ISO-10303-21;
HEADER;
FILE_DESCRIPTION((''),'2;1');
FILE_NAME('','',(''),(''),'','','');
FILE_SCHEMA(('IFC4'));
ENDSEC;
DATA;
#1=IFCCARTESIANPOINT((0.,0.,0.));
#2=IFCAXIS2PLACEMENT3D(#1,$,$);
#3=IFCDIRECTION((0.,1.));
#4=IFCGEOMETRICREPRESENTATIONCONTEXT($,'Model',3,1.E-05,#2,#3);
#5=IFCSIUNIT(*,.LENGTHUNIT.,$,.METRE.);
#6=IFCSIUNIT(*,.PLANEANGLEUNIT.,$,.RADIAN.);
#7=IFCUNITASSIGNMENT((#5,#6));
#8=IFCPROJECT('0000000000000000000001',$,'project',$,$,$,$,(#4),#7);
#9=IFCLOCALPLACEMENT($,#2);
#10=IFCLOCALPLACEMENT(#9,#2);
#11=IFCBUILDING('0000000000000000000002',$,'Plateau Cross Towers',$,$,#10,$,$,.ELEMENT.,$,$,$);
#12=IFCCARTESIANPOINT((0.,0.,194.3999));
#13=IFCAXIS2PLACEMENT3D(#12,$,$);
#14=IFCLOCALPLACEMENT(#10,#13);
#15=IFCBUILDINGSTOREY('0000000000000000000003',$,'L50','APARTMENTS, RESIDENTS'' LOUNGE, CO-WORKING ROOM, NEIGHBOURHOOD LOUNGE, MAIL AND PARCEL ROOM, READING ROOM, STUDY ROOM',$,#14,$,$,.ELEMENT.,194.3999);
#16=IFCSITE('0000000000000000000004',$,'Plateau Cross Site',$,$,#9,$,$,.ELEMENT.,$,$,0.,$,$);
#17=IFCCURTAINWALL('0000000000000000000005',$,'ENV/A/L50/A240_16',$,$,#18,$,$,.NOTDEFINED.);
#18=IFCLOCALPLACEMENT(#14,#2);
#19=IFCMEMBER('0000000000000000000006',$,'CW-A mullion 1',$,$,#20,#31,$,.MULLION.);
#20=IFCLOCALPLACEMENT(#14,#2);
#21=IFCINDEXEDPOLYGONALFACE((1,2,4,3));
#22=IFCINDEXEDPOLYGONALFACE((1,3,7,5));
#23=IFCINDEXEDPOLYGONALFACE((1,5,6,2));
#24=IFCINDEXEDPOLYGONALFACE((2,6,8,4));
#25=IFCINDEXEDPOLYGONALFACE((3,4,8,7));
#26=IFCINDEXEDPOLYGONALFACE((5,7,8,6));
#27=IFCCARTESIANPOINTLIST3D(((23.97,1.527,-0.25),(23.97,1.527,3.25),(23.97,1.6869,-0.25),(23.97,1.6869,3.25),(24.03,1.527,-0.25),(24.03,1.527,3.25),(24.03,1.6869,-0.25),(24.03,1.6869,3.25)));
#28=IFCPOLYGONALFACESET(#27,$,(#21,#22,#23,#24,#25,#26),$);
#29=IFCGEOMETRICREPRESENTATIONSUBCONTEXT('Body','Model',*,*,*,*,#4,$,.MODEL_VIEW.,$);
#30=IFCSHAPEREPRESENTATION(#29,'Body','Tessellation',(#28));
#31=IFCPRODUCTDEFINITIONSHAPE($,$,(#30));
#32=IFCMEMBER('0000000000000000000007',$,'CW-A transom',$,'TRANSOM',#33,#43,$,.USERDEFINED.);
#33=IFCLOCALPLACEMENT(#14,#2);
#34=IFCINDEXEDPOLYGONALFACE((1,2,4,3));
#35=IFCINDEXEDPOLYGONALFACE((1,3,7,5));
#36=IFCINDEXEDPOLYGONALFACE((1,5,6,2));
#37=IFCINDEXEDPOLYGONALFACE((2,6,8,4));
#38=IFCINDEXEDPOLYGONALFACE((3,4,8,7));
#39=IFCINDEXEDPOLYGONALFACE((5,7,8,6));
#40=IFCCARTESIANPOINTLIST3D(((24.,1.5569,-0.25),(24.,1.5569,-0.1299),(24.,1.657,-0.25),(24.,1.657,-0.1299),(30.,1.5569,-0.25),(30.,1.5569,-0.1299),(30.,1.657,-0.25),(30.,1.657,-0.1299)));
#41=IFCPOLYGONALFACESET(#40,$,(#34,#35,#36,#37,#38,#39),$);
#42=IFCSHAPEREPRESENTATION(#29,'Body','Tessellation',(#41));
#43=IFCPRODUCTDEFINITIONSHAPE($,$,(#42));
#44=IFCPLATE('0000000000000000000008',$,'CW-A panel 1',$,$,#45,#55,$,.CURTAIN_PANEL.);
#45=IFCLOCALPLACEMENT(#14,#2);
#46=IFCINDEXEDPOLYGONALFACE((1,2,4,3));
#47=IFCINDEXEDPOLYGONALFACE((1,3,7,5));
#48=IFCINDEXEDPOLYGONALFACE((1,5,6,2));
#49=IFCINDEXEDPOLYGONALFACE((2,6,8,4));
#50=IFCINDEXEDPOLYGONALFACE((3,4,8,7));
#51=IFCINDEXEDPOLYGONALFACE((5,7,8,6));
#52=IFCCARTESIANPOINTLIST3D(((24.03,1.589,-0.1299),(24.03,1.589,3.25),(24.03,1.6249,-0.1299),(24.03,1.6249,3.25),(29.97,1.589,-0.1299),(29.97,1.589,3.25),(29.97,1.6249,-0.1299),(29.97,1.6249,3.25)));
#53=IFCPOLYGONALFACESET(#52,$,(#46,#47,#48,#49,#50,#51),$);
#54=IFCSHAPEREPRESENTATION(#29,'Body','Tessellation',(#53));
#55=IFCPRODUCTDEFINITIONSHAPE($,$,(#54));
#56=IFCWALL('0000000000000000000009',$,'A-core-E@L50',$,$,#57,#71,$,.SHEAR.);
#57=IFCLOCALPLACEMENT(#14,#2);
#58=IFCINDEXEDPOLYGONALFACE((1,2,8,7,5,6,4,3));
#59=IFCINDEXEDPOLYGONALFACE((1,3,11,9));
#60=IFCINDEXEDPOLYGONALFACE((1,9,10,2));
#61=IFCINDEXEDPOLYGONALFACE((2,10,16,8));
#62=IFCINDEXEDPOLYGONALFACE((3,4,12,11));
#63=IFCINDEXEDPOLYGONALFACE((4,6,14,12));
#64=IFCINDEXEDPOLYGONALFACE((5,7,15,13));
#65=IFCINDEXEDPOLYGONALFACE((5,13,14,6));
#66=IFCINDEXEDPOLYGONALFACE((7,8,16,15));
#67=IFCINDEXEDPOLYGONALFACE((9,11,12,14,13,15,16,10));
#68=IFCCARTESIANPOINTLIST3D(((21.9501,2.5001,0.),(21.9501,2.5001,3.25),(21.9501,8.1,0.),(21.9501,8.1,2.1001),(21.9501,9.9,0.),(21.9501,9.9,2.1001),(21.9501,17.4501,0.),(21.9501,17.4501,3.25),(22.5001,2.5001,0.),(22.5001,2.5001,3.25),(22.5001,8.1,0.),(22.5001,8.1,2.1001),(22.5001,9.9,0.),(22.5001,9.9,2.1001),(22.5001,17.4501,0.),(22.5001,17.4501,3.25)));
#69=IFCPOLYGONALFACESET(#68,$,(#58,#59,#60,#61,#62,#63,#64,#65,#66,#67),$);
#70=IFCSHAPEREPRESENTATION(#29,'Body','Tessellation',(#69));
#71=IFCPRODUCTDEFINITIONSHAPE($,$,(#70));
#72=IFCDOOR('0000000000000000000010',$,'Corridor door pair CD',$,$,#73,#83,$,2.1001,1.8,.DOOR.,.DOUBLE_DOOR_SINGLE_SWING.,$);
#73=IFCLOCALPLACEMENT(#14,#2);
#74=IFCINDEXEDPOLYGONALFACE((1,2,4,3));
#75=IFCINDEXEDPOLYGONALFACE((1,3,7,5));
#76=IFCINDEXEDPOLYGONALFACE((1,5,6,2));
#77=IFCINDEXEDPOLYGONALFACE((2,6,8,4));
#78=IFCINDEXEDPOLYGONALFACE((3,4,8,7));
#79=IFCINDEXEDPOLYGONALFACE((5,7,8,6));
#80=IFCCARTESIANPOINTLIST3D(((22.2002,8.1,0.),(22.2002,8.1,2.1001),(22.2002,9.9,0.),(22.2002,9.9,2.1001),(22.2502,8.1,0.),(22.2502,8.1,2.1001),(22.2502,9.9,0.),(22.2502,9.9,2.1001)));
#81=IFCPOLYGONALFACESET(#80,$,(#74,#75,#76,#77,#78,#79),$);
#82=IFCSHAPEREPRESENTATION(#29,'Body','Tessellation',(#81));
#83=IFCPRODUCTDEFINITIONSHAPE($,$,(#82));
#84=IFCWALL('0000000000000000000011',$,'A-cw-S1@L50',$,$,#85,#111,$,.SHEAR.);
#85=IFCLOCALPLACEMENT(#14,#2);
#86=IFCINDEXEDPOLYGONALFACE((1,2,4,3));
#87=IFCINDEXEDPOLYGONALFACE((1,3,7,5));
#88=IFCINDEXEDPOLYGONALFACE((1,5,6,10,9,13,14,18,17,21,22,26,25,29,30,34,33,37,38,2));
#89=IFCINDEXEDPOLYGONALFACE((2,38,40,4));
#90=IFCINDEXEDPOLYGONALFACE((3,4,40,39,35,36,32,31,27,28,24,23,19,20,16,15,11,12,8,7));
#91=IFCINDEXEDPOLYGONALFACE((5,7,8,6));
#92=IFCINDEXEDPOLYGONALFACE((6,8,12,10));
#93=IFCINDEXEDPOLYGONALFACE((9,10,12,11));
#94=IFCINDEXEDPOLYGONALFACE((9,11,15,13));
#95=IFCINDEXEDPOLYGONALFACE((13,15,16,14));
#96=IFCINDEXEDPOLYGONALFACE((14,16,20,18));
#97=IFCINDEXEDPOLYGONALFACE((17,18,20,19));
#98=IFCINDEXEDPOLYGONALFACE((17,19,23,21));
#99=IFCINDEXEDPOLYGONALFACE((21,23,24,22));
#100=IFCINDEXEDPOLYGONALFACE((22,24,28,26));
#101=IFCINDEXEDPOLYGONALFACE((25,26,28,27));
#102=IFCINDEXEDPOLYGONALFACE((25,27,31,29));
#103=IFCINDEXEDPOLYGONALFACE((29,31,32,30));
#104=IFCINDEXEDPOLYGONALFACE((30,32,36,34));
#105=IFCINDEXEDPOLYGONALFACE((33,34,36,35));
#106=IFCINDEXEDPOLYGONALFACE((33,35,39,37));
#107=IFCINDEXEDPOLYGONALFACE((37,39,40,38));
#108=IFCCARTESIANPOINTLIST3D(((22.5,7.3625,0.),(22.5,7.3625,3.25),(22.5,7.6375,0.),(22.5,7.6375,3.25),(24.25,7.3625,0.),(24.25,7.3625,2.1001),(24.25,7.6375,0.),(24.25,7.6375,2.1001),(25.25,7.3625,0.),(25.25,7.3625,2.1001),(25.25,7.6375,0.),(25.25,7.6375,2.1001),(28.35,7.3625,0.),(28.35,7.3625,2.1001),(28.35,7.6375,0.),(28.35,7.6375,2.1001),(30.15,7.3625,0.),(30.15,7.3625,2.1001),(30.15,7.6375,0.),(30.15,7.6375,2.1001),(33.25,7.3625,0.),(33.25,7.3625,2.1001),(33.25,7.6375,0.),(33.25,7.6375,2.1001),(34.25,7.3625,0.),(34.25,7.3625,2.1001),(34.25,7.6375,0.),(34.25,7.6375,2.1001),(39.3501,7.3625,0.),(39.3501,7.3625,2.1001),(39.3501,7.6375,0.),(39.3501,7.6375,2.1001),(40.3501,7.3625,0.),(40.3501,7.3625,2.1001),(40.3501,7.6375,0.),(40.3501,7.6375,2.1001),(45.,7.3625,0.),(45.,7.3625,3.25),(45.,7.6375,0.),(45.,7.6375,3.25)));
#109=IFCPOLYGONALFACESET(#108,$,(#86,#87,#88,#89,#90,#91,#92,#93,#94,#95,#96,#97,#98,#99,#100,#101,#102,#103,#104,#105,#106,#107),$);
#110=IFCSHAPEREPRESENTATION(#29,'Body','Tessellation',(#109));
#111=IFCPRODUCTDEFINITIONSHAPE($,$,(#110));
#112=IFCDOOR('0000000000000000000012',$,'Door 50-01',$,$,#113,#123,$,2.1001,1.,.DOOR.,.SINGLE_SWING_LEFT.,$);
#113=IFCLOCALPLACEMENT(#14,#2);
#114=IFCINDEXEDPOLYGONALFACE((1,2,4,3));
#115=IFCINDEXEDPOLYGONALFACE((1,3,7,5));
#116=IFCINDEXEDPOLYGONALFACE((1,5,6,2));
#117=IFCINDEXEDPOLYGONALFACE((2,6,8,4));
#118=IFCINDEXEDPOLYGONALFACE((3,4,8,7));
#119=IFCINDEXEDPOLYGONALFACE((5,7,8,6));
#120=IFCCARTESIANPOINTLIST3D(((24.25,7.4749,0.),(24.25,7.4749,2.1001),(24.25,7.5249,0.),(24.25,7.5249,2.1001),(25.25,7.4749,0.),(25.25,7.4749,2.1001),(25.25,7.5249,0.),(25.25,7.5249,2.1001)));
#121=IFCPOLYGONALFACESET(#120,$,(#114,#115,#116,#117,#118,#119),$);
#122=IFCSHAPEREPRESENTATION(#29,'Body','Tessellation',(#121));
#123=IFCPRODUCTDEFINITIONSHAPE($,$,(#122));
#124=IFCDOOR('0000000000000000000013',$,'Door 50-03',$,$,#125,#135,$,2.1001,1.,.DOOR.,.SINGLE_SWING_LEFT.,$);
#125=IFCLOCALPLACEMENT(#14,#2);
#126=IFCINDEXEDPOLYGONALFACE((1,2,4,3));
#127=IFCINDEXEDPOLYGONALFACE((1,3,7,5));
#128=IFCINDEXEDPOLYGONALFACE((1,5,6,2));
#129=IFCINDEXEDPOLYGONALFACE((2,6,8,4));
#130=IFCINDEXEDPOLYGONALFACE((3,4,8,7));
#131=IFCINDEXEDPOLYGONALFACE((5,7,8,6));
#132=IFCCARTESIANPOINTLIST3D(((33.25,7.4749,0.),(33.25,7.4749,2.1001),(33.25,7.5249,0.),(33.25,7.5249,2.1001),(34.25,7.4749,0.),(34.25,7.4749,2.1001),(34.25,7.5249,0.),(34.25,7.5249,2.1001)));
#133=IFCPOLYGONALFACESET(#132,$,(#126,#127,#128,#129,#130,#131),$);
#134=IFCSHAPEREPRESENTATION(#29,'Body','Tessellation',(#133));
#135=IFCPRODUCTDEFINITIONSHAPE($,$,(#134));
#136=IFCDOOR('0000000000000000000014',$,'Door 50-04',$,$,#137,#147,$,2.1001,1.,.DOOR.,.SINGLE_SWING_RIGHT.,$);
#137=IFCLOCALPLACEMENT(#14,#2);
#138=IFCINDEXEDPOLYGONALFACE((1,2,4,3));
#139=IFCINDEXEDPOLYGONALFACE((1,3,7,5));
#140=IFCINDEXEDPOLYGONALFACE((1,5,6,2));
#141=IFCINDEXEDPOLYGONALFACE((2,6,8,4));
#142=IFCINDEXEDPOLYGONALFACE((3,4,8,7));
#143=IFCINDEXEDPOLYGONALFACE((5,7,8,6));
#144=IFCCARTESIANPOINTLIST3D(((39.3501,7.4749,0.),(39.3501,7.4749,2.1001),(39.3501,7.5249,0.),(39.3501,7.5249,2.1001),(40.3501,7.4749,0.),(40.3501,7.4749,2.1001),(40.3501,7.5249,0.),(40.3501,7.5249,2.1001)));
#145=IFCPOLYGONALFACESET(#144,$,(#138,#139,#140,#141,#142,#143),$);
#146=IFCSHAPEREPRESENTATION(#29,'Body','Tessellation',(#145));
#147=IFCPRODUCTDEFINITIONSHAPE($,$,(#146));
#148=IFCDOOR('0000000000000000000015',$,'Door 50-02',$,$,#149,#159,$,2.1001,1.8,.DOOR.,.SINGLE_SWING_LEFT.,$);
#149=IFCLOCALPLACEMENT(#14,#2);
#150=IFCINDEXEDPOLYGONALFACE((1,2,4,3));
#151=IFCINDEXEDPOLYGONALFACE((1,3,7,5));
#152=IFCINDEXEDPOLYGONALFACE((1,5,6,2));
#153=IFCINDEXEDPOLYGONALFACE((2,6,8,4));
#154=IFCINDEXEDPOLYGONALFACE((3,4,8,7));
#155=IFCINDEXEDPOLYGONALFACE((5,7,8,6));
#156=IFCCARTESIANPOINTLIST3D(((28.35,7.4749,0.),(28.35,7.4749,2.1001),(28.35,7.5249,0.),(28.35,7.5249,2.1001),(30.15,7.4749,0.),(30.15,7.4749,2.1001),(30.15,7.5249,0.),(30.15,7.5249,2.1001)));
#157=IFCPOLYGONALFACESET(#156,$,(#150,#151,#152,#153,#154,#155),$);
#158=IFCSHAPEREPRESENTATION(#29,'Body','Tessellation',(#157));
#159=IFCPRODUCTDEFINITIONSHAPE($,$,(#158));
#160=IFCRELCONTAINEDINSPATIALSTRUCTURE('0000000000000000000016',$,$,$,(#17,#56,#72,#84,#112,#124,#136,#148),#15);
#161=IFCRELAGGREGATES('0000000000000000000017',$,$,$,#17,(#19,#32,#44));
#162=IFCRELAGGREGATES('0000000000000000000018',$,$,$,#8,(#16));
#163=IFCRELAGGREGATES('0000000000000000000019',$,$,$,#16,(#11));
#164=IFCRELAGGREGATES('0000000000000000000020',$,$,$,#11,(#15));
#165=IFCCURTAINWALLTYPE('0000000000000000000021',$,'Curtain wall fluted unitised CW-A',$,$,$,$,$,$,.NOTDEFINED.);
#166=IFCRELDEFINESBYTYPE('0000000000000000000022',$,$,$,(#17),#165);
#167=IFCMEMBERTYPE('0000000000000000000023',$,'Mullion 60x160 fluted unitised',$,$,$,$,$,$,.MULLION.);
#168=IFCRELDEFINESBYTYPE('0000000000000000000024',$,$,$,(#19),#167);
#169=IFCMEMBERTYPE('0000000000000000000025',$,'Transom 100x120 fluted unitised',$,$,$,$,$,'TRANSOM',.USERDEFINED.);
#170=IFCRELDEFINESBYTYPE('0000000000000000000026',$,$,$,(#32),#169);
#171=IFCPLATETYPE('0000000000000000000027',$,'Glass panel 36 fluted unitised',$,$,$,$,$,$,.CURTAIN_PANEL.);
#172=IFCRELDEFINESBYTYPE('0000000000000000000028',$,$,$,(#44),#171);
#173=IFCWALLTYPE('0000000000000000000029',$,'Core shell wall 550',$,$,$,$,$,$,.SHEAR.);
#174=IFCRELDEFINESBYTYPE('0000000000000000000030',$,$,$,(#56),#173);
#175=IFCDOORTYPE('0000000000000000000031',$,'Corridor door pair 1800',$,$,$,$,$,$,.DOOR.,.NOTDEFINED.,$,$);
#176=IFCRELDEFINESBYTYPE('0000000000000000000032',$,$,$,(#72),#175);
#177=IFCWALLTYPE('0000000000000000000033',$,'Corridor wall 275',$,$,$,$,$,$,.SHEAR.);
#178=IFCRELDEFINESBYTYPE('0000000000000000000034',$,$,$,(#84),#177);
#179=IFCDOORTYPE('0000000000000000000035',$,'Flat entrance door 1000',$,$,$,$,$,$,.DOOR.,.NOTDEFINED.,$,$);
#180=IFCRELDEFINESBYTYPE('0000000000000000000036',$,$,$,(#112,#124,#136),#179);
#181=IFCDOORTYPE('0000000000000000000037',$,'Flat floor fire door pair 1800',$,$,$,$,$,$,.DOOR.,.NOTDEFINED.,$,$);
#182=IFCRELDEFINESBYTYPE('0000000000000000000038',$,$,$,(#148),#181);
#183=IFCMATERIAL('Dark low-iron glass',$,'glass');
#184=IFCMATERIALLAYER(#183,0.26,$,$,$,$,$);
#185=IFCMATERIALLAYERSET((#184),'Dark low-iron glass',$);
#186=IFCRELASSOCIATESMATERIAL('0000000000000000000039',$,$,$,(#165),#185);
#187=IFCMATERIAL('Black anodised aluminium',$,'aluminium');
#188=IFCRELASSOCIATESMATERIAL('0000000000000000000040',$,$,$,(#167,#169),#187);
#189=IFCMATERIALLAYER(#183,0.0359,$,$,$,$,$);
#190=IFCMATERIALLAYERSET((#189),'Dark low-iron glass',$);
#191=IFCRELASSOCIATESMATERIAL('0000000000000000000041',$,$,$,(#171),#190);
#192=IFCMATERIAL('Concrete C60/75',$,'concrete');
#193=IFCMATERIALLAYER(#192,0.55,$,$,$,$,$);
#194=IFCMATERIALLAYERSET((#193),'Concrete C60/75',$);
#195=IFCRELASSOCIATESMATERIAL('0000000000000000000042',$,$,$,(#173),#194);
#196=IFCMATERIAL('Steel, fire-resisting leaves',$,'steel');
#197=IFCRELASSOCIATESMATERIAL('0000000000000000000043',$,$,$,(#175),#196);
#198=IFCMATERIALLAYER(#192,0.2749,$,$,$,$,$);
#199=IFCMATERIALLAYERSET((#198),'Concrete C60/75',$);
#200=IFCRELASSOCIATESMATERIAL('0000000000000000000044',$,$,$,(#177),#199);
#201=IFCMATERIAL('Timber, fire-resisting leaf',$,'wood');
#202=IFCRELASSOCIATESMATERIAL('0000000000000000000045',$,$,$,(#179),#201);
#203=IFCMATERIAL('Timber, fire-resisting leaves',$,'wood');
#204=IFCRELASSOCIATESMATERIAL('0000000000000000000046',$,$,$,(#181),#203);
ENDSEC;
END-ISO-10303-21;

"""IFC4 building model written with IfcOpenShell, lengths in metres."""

from ifc_helpers import new_model, si_unit, direction, frame, frame_2d, origin, origin_2d, place, context, subcontext, project, spatial, rectangle, extrude, material, layer, layer_set, material_profile, profile_set, type_object, element, fill, aggregate, save


model = new_model("IFC4")

# Units and contexts
model_context = context("Model", 3, precision=1e-05, world=origin(), true_north=direction((0.0, 1.0)))
body_context = subcontext(model_context, "Body", "Model", "MODEL_VIEW")
ifc_project = project(units=[si_unit("LENGTHUNIT", "METRE"), si_unit("PLANEANGLEUNIT", "RADIAN")], contexts=[model_context])

# Site, building, storey
site_placement = place(None, origin())
site = spatial("IfcSite", under=ifc_project, at=site_placement, Name="Plateau Cross Site", CompositionType="ELEMENT", RefElevation=0.0)
building_placement = place(site_placement, origin())
building = spatial("IfcBuilding", under=site, at=building_placement, Name="Plateau Cross Towers", CompositionType="ELEMENT")
storey_placement = place(building_placement, frame((0.0, 0.0, 194.3999)))
storey = spatial("IfcBuildingStorey", under=building, at=storey_placement, Name="L50", Description="APARTMENTS, RESIDENTS' LOUNGE, CO-WORKING ROOM, NEIGHBOURHOOD LOUNGE, MAIL AND PARCEL ROOM, READING ROOM, STUDY ROOM", CompositionType="ELEMENT", Elevation=194.3999)

# Curtain wall, members, plate
ifc_material_1 = material(Name="Dark low-iron glass", Category="glass")
ifc_layer_1 = layer(ifc_material_1, 0.26)
ifc_layer_set_1 = layer_set([ifc_layer_1], Name="Dark low-iron glass")
curtain_wall_type = type_object("IfcCurtainWallType", Name="Curtain wall fluted unitised CW-A", PredefinedType="NOTDEFINED", material=ifc_layer_set_1)
curtain_wall_placement = place(storey_placement, origin())
curtain_wall = element("IfcCurtainWall", 1, at=curtain_wall_placement, inside=storey, type_object=curtain_wall_type, Name="ENV/A/L50/A240_16", PredefinedType="NOTDEFINED")
ifc_material_2 = material(Name="Black anodised aluminium", Category="aluminium")
ifc_material_profile_1 = material_profile(ifc_material_2, rectangle(XDim=0.0601, YDim=0.1599, at=origin_2d()), Name="MULLION 60x160")
ifc_profile_set_1 = profile_set([ifc_material_profile_1], Name="Black anodised aluminium")
member_type_1 = type_object("IfcMemberType", Name="Mullion 60x160 fluted unitised", PredefinedType="MULLION", material=ifc_profile_set_1)
member_1_placement = place(storey_placement, frame((24.0, 1.6069, -0.25), z_axis=(0.0, 0.0, 1.0), x_axis=(1.0, 0.0, 0.0)))
member_1 = element("IfcMember", 2, at=member_1_placement, type_object=member_type_1, Name="CW-A mullion 1", PredefinedType="MULLION", context=body_context, shape_type="SweptSolid", body=[
    extrude(rectangle(XDim=0.0601, YDim=0.1599, at=origin_2d()), origin(), (0.0, 0.0, 1.0), 3.5),
])
ifc_material_profile_2 = material_profile(ifc_material_2, rectangle(XDim=0.1001, YDim=0.1201, at=origin_2d()), Name="TRANSOM 100x120")
ifc_profile_set_2 = profile_set([ifc_material_profile_2], Name="Black anodised aluminium")
member_type_2 = type_object("IfcMemberType", Name="Transom 100x120 fluted unitised", ElementType="TRANSOM", PredefinedType="USERDEFINED", material=ifc_profile_set_2)
member_2_placement = place(storey_placement, frame((24.0, 1.6069, -0.1899), z_axis=(1.0, 0.0, 0.0), x_axis=(0.0, 1.0, 0.0)))
member_2 = element("IfcMember", 3, at=member_2_placement, type_object=member_type_2, Name="CW-A transom", ObjectType="TRANSOM", PredefinedType="USERDEFINED", context=body_context, shape_type="SweptSolid", body=[
    extrude(rectangle(XDim=0.1001, YDim=0.1201, at=origin_2d()), origin(), (0.0, 0.0, 1.0), 6.0),
])
ifc_layer_2 = layer(ifc_material_1, 0.0359)
ifc_layer_set_2 = layer_set([ifc_layer_2], Name="Dark low-iron glass")
plate_type = type_object("IfcPlateType", Name="Glass panel 36 fluted unitised", PredefinedType="CURTAIN_PANEL", material=ifc_layer_set_2)
plate_placement = place(storey_placement, frame((27.0, 1.6069, -0.1299), z_axis=(0.0, 0.0, 1.0), x_axis=(1.0, 0.0, 0.0)))
plate = element("IfcPlate", 4, at=plate_placement, type_object=plate_type, Name="CW-A panel 1", PredefinedType="CURTAIN_PANEL", context=body_context, shape_type="SweptSolid", body=[
    extrude(rectangle(XDim=5.9399, YDim=0.0359, at=origin_2d()), origin(), (0.0, 0.0, 1.0), 3.3799),
])
aggregate(curtain_wall, [member_1, member_2, plate])

# Wall, opening, door
ifc_material_3 = material(Name="Concrete C60/75", Category="concrete")
ifc_layer_3 = layer(ifc_material_3, 0.55)
ifc_layer_set_3 = layer_set([ifc_layer_3], Name="Concrete C60/75")
wall_type_1 = type_object("IfcWallType", Name="Core shell wall 550", PredefinedType="SHEAR", material=ifc_layer_set_3)
wall_1_placement = place(storey_placement, frame((22.2251, 2.5, 0.0), z_axis=(0.0, 0.0, 1.0), x_axis=(0.0, 1.0, 0.0)))
wall_1 = element("IfcWall", 5, at=wall_1_placement, inside=storey, type_object=wall_type_1, Name="A-core-E@L50", PredefinedType="SHEAR", context=body_context, shape_type="SweptSolid", body=[
    extrude(rectangle(XDim=14.95, YDim=0.55, at=frame_2d((7.4751, 0.0))), origin(), (0.0, 0.0, 1.0), 3.25),
])
opening_1_placement = place(wall_1_placement, frame((5.6001, 0.0, 0.0)))
opening_1 = element("IfcOpeningElement", 6, at=opening_1_placement, cuts=wall_1, PredefinedType="OPENING", context=body_context, shape_type="SweptSolid", body=[
    extrude(rectangle(XDim=1.8, YDim=2.1001, at=frame_2d((0.8999, 1.05))), frame((0.0, 0.2849, 0.0), z_axis=(0.0, -1.0, 0.0), x_axis=(1.0, 0.0, 0.0)), (0.0, 0.0, 1.0), 0.5701),
])
ifc_material_4 = material(Name="Steel, fire-resisting leaves", Category="steel")
door_type_1 = type_object("IfcDoorType", Name="Corridor door pair 1800", OperationType="NOTDEFINED", PredefinedType="DOOR", material=ifc_material_4)
door_1_placement = place(opening_1_placement, origin())
door_1 = element("IfcDoor", 7, at=door_1_placement, inside=storey, type_object=door_type_1, Name="Corridor door pair CD", OperationType="DOUBLE_DOOR_SINGLE_SWING", OverallHeight=2.1001, OverallWidth=1.8, PredefinedType="DOOR", context=body_context, shape_type="SweptSolid", body=[
    extrude(rectangle(XDim=1.8, YDim=2.1001, at=frame_2d((0.8999, 1.05))), frame((0.0, 0.0249, 0.0), z_axis=(0.0, -1.0, 0.0), x_axis=(1.0, 0.0, 0.0)), (0.0, 0.0, 1.0), 0.05),
])
fill(opening_1, door_1)

# Wall, openings, doors
ifc_layer_4 = layer(ifc_material_3, 0.2749)
ifc_layer_set_4 = layer_set([ifc_layer_4], Name="Concrete C60/75")
wall_type_2 = type_object("IfcWallType", Name="Corridor wall 275", PredefinedType="SHEAR", material=ifc_layer_set_4)
wall_2_placement = place(storey_placement, frame((22.5, 7.5, 0.0), z_axis=(0.0, 0.0, 1.0), x_axis=(1.0, 0.0, 0.0)))
wall_2 = element("IfcWall", 8, at=wall_2_placement, inside=storey, type_object=wall_type_2, Name="A-cw-S1@L50", PredefinedType="SHEAR", context=body_context, shape_type="SweptSolid", body=[
    extrude(rectangle(XDim=22.5, YDim=0.2749, at=frame_2d((11.25, 0.0))), origin(), (0.0, 0.0, 1.0), 3.25),
])
opening_2_placement = place(wall_2_placement, frame((1.75, 0.0, 0.0)))
opening_2 = element("IfcOpeningElement", 9, at=opening_2_placement, cuts=wall_2, PredefinedType="OPENING", context=body_context, shape_type="SweptSolid", body=[
    extrude(rectangle(XDim=1.0, YDim=2.1001, at=frame_2d((0.5, 1.05))), frame((0.0, 0.1475, 0.0), z_axis=(0.0, -1.0, 0.0), x_axis=(1.0, 0.0, 0.0)), (0.0, 0.0, 1.0), 0.2949),
])
opening_3_placement = place(wall_2_placement, frame((5.8501, 0.0, 0.0)))
opening_3 = element("IfcOpeningElement", 10, at=opening_3_placement, cuts=wall_2, PredefinedType="OPENING", context=body_context, shape_type="SweptSolid", body=[
    extrude(rectangle(XDim=1.8, YDim=2.1001, at=frame_2d((0.8999, 1.05))), frame((0.0, 0.1475, 0.0), z_axis=(0.0, -1.0, 0.0), x_axis=(1.0, 0.0, 0.0)), (0.0, 0.0, 1.0), 0.2949),
])
opening_4_placement = place(wall_2_placement, frame((10.75, 0.0, 0.0)))
opening_4 = element("IfcOpeningElement", 11, at=opening_4_placement, cuts=wall_2, PredefinedType="OPENING", context=body_context, shape_type="SweptSolid", body=[
    extrude(rectangle(XDim=1.0, YDim=2.1001, at=frame_2d((0.5, 1.05))), frame((0.0, 0.1475, 0.0), z_axis=(0.0, -1.0, 0.0), x_axis=(1.0, 0.0, 0.0)), (0.0, 0.0, 1.0), 0.2949),
])
opening_5_placement = place(wall_2_placement, frame((16.8501, 0.0, 0.0)))
opening_5 = element("IfcOpeningElement", 12, at=opening_5_placement, cuts=wall_2, PredefinedType="OPENING", context=body_context, shape_type="SweptSolid", body=[
    extrude(rectangle(XDim=1.0, YDim=2.1001, at=frame_2d((0.5, 1.05))), frame((0.0, 0.1475, 0.0), z_axis=(0.0, -1.0, 0.0), x_axis=(1.0, 0.0, 0.0)), (0.0, 0.0, 1.0), 0.2949),
])
ifc_material_5 = material(Name="Timber, fire-resisting leaf", Category="wood")
door_type_2 = type_object("IfcDoorType", Name="Flat entrance door 1000", OperationType="NOTDEFINED", PredefinedType="DOOR", material=ifc_material_5)
door_2_placement = place(opening_2_placement, origin())
door_2 = element("IfcDoor", 13, at=door_2_placement, inside=storey, type_object=door_type_2, Name="Door 50-01", OperationType="SINGLE_SWING_LEFT", OverallHeight=2.1001, OverallWidth=1.0, PredefinedType="DOOR", context=body_context, shape_type="SweptSolid", body=[
    extrude(rectangle(XDim=1.0, YDim=2.1001, at=frame_2d((0.5, 1.05))), frame((0.0, 0.0249, 0.0), z_axis=(0.0, -1.0, 0.0), x_axis=(1.0, 0.0, 0.0)), (0.0, 0.0, 1.0), 0.05),
])
fill(opening_2, door_2)
door_3_placement = place(opening_4_placement, origin())
door_3 = element("IfcDoor", 14, at=door_3_placement, inside=storey, type_object=door_type_2, Name="Door 50-03", OperationType="SINGLE_SWING_LEFT", OverallHeight=2.1001, OverallWidth=1.0, PredefinedType="DOOR", context=body_context, shape_type="SweptSolid", body=[
    extrude(rectangle(XDim=1.0, YDim=2.1001, at=frame_2d((0.5, 1.05))), frame((0.0, 0.0249, 0.0), z_axis=(0.0, -1.0, 0.0), x_axis=(1.0, 0.0, 0.0)), (0.0, 0.0, 1.0), 0.05),
])
fill(opening_4, door_3)
door_4_placement = place(opening_5_placement, origin())
door_4 = element("IfcDoor", 15, at=door_4_placement, inside=storey, type_object=door_type_2, Name="Door 50-04", OperationType="SINGLE_SWING_RIGHT", OverallHeight=2.1001, OverallWidth=1.0, PredefinedType="DOOR", context=body_context, shape_type="SweptSolid", body=[
    extrude(rectangle(XDim=1.0, YDim=2.1001, at=frame_2d((0.5, 1.05))), frame((0.0, 0.0249, 0.0), z_axis=(0.0, -1.0, 0.0), x_axis=(1.0, 0.0, 0.0)), (0.0, 0.0, 1.0), 0.05),
])
fill(opening_5, door_4)
ifc_material_6 = material(Name="Timber, fire-resisting leaves", Category="wood")
door_type_3 = type_object("IfcDoorType", Name="Flat floor fire door pair 1800", OperationType="NOTDEFINED", PredefinedType="DOOR", material=ifc_material_6)
door_5_placement = place(opening_3_placement, origin())
door_5 = element("IfcDoor", 16, at=door_5_placement, inside=storey, type_object=door_type_3, Name="Door 50-02", OperationType="SINGLE_SWING_LEFT", OverallHeight=2.1001, OverallWidth=1.8, PredefinedType="DOOR", context=body_context, shape_type="SweptSolid", body=[
    extrude(rectangle(XDim=1.8, YDim=2.1001, at=frame_2d((0.8999, 1.05))), frame((0.0, 0.0249, 0.0), z_axis=(0.0, -1.0, 0.0), x_axis=(1.0, 0.0, 0.0)), (0.0, 0.0, 1.0), 0.05),
])
fill(opening_3, door_5)

save(model, "model.ifc")
